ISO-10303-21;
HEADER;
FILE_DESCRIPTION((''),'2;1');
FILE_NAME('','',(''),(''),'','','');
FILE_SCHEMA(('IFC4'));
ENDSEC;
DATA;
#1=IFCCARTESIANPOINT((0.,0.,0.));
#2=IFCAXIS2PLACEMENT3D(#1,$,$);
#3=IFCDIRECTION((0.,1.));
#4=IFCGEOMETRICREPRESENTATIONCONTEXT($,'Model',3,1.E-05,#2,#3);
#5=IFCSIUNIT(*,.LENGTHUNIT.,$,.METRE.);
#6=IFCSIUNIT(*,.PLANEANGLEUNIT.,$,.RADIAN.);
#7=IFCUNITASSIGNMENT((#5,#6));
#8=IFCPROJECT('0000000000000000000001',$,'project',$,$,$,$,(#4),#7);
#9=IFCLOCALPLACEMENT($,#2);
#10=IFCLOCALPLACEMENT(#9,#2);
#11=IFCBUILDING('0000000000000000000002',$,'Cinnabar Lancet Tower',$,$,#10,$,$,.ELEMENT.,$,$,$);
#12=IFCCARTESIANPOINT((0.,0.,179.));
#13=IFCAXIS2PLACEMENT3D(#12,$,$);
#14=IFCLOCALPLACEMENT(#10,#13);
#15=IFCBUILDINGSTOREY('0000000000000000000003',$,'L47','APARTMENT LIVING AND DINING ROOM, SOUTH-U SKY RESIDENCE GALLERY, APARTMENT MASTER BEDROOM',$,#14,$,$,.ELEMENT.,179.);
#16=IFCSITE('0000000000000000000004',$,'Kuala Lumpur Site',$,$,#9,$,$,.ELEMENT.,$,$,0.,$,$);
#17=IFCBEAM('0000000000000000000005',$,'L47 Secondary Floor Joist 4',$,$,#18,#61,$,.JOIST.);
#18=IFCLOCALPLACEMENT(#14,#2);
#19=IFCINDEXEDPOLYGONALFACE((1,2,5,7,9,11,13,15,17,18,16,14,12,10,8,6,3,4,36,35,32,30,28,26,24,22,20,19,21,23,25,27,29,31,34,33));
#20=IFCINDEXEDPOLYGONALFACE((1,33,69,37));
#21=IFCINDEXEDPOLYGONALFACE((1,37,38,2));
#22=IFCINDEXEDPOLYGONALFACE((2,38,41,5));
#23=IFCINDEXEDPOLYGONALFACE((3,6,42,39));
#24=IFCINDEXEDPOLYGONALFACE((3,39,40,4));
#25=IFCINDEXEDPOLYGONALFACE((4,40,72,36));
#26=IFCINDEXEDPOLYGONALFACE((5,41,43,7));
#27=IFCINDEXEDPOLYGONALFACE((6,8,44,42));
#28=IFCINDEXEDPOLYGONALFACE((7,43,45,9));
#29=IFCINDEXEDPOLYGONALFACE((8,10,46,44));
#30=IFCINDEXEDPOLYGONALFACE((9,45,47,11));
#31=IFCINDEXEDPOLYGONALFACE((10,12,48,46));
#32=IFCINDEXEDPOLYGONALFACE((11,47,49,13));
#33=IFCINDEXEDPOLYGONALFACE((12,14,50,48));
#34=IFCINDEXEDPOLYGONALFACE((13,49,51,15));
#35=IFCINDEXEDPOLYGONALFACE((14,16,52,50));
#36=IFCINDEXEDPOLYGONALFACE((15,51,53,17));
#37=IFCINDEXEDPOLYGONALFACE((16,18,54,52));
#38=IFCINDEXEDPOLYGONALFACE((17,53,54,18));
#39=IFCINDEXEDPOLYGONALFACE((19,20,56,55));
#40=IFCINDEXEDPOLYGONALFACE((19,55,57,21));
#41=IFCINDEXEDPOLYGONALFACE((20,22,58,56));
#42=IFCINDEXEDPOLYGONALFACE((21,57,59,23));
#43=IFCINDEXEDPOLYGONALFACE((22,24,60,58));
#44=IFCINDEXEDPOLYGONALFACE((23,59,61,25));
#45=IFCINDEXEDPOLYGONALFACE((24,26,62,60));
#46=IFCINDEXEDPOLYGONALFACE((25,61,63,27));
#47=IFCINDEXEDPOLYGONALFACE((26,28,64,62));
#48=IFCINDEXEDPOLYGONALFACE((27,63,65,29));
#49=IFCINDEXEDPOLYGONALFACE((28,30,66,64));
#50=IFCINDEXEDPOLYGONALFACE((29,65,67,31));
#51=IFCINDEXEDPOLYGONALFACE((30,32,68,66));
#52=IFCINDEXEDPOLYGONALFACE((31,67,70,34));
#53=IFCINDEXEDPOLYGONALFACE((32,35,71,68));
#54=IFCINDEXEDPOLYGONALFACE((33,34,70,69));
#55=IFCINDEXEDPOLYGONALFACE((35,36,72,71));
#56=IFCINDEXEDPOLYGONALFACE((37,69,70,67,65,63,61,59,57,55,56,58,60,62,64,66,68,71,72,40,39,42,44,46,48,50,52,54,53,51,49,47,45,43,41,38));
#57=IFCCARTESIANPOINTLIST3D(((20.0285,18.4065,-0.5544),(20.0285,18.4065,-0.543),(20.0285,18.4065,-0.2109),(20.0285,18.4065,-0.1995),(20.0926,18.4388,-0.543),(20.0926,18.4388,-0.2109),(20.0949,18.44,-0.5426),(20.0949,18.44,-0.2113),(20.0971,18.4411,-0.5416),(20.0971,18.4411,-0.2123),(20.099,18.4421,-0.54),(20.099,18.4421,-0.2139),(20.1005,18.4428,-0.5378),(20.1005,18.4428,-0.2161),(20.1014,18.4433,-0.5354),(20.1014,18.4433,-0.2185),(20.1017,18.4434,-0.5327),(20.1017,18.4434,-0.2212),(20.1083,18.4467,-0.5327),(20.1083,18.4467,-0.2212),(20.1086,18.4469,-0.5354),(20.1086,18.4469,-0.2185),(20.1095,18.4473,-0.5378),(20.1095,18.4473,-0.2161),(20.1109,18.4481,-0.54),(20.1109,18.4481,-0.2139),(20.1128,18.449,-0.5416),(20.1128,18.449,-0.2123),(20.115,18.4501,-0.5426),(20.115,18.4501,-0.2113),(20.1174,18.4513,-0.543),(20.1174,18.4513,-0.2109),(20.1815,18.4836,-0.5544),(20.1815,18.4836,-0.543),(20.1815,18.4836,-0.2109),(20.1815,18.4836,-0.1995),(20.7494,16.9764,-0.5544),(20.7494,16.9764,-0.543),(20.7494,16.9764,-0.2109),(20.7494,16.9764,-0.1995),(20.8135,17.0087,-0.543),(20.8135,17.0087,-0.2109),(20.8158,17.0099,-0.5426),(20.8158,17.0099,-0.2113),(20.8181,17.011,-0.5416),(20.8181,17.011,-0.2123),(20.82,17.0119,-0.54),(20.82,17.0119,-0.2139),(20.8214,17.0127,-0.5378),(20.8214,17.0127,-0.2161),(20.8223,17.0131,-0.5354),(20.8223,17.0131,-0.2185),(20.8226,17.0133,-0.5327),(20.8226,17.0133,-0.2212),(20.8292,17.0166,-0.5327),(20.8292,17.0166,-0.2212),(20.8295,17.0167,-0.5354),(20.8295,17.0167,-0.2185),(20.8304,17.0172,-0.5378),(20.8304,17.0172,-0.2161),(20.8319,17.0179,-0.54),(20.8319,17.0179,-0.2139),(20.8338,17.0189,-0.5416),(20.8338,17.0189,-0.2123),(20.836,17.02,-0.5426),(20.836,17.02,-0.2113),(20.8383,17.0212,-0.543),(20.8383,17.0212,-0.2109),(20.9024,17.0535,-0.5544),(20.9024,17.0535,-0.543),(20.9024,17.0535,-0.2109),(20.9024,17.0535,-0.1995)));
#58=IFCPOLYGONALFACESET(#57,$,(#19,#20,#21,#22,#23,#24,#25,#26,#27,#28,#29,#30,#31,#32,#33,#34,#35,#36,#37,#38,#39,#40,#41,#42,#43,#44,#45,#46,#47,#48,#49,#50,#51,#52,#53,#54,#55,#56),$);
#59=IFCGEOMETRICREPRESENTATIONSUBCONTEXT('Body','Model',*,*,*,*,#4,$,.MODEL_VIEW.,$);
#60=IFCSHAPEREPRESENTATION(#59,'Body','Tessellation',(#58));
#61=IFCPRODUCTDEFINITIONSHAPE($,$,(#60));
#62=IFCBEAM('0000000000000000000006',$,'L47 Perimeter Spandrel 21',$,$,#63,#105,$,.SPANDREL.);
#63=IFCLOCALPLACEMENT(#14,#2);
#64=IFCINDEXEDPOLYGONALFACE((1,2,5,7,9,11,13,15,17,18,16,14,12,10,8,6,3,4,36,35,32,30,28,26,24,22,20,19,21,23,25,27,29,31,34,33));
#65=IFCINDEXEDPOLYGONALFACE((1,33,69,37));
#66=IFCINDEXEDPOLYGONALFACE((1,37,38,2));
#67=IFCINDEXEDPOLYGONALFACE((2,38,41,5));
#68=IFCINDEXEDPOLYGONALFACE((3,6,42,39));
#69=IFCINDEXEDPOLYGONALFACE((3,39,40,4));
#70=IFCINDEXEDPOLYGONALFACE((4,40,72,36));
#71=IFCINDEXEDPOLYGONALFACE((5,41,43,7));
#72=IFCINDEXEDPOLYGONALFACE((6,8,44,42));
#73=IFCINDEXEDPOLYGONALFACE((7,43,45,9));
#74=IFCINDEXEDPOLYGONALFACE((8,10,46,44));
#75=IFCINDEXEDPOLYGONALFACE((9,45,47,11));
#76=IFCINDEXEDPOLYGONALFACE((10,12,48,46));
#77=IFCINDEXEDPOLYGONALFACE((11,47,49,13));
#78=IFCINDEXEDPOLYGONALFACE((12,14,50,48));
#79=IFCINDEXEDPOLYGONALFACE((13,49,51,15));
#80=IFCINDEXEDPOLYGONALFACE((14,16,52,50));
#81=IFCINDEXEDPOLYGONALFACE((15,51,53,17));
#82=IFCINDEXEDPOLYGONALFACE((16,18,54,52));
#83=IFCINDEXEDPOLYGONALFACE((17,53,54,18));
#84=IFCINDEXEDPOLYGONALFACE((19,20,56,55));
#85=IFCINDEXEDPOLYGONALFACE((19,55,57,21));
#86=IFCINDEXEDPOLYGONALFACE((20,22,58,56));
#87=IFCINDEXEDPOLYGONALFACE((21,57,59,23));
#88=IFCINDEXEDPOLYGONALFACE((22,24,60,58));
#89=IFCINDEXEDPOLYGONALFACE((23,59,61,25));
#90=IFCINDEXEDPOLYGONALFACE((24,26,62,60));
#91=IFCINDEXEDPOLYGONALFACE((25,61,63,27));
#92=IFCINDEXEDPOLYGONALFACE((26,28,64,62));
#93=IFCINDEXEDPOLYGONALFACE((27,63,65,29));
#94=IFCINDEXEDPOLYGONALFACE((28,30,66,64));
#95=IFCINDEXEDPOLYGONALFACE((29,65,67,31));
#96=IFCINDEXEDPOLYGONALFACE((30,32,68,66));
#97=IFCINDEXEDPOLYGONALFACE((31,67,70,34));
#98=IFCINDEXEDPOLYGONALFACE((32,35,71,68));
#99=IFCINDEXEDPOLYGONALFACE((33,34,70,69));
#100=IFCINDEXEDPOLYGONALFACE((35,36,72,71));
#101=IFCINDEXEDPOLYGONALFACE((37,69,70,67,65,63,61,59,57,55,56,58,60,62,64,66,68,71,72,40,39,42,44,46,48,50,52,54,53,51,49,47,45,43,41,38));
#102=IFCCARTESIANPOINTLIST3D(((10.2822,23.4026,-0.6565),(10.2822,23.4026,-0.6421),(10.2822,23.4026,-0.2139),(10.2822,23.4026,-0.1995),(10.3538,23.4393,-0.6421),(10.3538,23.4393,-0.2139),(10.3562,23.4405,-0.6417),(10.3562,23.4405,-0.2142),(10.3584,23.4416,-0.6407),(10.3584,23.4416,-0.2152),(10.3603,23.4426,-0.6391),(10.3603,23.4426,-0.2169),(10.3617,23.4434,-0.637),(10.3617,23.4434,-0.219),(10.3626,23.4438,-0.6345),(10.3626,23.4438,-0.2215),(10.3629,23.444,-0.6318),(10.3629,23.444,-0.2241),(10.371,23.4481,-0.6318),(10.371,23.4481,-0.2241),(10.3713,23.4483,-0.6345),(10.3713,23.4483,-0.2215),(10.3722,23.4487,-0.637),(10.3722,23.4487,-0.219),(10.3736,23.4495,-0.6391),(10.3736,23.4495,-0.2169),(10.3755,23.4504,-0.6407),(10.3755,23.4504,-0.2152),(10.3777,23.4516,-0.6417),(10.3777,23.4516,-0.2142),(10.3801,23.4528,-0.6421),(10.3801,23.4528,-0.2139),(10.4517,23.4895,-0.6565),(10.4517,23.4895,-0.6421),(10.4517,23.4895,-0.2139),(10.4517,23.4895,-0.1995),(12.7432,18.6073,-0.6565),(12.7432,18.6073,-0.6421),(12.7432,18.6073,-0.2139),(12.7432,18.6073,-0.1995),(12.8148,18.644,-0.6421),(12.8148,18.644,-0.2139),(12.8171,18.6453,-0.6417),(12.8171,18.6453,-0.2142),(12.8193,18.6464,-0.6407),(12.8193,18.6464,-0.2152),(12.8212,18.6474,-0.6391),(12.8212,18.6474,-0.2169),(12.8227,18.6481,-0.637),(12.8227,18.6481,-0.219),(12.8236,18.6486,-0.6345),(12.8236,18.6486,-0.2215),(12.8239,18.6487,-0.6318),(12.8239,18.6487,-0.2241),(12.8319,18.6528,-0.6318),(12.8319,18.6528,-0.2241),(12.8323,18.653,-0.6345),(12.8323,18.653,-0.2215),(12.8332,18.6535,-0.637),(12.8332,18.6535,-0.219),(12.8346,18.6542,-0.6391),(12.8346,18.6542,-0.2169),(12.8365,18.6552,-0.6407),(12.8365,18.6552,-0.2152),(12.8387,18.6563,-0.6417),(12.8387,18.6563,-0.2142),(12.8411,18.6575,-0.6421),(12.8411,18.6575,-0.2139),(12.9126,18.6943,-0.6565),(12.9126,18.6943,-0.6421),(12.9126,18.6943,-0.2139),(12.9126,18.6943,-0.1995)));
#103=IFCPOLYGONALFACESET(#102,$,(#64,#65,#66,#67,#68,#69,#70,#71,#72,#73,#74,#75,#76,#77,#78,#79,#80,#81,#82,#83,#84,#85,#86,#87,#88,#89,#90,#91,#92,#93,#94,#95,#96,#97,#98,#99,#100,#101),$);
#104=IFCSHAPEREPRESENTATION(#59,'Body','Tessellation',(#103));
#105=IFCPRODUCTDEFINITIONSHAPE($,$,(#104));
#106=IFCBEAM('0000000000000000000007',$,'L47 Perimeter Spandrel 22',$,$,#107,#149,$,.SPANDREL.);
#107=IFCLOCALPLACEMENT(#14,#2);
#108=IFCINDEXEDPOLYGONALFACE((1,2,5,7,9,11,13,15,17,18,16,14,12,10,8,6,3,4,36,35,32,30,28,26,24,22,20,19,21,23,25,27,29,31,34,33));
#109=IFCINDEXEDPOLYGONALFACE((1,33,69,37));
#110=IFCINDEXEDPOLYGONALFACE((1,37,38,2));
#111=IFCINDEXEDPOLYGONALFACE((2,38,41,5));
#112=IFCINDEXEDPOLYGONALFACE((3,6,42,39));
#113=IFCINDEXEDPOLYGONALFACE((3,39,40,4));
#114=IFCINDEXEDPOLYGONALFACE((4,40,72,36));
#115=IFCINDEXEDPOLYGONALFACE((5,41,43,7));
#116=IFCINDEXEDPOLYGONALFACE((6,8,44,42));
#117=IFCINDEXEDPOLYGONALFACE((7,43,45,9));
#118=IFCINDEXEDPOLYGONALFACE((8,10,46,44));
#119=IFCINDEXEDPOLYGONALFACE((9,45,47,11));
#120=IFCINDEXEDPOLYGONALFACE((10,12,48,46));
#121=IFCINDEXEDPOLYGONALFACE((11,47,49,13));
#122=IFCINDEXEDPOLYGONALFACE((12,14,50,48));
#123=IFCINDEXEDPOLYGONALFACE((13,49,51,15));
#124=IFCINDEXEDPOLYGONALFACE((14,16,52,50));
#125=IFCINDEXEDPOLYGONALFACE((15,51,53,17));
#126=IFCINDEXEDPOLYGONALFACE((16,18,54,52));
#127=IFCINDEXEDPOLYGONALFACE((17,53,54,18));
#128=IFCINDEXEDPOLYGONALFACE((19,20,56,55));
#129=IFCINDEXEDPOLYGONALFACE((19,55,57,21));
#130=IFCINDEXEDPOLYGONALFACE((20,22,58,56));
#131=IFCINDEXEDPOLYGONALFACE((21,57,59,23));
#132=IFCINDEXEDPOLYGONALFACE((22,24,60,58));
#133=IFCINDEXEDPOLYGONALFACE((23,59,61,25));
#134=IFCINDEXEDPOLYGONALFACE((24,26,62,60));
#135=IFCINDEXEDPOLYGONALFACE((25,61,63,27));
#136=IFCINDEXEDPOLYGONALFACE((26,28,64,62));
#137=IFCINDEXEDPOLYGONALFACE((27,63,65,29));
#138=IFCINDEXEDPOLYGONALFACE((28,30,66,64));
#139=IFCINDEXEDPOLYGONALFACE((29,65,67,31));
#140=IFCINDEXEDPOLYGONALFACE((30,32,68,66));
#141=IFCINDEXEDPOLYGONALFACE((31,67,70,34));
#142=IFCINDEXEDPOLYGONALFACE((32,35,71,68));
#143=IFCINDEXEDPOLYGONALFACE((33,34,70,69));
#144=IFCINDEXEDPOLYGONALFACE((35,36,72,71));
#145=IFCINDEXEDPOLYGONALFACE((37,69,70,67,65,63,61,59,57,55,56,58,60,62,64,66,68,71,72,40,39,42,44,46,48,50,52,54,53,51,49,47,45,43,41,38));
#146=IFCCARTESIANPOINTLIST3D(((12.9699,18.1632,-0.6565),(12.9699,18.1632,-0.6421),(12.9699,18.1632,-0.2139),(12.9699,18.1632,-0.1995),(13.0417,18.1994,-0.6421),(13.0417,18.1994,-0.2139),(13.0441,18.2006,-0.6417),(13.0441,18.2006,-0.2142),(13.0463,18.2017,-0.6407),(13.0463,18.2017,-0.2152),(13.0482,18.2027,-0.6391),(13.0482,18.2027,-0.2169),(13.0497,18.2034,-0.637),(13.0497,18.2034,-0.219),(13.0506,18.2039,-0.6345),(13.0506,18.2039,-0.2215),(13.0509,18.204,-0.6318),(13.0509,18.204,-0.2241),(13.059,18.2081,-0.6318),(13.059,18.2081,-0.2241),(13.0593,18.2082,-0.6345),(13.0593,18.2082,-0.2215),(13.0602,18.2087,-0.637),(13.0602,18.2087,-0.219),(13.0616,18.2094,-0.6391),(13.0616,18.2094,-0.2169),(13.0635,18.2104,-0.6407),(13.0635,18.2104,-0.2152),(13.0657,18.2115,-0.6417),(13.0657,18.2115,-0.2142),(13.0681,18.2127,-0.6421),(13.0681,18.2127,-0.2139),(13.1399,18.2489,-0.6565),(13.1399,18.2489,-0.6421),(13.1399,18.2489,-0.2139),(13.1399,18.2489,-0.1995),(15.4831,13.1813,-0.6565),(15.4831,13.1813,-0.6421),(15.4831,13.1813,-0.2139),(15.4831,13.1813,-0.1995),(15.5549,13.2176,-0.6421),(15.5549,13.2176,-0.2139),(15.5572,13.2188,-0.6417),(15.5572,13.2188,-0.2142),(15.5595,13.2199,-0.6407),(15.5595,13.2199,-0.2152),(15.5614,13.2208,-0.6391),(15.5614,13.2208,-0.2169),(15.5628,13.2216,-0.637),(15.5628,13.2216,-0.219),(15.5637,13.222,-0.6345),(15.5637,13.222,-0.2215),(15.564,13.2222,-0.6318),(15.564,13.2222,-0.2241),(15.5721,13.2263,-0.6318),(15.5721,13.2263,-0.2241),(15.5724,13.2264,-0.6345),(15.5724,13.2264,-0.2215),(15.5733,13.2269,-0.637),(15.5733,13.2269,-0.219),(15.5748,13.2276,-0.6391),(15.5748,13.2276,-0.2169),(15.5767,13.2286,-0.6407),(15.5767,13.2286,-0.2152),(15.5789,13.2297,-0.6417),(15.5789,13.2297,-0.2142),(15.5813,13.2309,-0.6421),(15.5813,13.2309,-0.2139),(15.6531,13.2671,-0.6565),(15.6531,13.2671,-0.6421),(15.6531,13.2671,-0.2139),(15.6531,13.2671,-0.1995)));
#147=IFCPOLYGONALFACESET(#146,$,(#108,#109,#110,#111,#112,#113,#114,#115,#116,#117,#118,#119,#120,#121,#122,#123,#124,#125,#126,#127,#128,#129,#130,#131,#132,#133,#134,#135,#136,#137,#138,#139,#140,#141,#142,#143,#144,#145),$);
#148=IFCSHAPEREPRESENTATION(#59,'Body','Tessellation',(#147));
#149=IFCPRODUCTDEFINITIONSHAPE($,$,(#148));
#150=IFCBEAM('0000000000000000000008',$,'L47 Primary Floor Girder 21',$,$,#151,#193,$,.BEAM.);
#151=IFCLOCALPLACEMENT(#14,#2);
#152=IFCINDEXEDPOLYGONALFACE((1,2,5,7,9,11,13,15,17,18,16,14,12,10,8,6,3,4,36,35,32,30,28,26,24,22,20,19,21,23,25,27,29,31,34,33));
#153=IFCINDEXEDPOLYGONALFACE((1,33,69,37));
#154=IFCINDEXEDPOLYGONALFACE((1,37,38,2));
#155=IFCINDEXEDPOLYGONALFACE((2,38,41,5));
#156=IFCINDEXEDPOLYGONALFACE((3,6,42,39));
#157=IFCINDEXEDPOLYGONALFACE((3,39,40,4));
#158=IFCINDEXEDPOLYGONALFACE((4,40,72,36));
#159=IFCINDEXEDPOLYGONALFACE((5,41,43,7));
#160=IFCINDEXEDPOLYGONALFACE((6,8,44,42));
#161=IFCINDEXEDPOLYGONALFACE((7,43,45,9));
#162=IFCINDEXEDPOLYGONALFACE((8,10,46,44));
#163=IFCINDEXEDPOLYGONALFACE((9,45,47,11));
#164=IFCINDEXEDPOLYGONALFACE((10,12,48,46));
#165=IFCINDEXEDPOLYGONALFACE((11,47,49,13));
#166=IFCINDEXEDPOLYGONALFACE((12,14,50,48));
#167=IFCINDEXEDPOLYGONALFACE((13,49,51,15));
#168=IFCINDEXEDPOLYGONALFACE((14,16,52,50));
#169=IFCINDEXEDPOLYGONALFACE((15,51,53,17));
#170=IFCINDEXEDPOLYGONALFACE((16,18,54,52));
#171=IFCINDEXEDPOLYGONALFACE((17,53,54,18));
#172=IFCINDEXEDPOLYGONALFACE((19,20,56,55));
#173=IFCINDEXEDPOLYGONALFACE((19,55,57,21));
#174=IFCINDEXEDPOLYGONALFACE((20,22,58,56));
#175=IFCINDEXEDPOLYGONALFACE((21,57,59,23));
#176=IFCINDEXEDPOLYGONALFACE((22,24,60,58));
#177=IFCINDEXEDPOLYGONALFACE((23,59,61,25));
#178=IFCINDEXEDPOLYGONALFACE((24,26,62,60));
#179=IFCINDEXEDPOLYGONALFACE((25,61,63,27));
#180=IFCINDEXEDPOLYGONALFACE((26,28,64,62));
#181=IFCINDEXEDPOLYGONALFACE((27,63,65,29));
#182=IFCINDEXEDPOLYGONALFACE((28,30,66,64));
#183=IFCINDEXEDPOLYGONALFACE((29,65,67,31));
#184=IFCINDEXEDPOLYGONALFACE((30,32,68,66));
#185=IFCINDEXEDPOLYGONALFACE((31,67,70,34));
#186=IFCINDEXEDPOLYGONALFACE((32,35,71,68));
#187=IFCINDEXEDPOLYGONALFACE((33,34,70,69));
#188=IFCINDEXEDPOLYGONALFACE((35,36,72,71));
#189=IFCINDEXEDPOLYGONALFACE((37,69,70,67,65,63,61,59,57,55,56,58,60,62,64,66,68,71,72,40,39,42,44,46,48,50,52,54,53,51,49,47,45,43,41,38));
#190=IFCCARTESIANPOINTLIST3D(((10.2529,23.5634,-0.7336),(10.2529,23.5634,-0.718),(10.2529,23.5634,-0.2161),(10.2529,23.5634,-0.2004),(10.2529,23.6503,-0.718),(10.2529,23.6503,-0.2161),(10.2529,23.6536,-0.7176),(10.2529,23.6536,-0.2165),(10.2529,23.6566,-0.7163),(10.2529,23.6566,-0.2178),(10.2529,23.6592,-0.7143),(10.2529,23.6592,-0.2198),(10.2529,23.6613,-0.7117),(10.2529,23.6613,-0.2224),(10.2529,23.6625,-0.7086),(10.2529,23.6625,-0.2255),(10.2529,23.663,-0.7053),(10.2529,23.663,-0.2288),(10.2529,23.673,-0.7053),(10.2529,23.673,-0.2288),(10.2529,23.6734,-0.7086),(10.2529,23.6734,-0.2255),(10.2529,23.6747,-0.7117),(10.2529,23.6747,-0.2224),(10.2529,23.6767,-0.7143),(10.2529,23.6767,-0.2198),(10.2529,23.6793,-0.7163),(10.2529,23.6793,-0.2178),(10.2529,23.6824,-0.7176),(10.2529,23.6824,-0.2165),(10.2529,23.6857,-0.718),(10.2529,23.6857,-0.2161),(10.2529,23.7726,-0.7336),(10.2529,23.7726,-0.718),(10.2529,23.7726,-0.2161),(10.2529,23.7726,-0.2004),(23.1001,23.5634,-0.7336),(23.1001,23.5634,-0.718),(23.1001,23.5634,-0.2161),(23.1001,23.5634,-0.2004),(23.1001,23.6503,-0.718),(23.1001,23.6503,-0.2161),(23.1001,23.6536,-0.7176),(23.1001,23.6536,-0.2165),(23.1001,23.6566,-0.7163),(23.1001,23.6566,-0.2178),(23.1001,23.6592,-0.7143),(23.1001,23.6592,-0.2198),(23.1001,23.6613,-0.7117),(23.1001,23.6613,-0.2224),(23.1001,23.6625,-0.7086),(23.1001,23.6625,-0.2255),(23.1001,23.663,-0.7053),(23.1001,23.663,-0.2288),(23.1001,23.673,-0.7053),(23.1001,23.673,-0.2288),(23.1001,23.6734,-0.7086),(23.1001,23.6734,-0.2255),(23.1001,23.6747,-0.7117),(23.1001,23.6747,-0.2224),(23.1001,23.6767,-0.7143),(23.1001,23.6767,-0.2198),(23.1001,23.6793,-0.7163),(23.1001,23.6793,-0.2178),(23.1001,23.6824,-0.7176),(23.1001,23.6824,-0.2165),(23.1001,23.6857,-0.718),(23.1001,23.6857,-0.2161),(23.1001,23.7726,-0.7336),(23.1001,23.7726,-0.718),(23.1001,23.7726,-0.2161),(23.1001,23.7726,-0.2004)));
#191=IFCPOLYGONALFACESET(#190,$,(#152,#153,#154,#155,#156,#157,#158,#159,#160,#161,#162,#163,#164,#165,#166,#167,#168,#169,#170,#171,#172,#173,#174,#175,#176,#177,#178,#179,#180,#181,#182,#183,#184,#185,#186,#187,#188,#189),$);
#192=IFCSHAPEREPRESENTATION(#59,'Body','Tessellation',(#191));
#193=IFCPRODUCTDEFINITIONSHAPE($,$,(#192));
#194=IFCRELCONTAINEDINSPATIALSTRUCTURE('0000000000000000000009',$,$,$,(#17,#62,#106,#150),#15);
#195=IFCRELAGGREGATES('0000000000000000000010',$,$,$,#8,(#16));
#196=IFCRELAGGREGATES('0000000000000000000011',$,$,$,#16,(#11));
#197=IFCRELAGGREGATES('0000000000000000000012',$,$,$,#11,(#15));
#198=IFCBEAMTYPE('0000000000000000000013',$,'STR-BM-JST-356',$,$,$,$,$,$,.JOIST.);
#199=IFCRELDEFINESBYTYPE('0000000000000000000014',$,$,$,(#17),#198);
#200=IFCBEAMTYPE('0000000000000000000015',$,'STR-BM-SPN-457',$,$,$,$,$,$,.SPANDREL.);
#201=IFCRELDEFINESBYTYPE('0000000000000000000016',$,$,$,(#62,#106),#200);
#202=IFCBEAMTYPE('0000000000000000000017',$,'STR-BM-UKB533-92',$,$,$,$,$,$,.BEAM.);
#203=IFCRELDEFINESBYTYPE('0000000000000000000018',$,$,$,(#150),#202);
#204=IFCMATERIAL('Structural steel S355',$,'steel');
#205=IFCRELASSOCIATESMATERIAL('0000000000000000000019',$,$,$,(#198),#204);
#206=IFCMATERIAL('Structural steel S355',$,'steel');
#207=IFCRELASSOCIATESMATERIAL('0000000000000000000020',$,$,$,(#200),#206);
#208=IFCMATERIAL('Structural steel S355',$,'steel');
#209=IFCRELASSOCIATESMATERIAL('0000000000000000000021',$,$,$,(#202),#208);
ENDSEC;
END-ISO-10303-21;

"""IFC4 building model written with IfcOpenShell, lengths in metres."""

from ifc_helpers import new_model, si_unit, direction, frame, origin, origin_2d, place, context, subcontext, project, spatial, i_section, extrude, material, material_profile, profile_set, type_object, element, save


model = new_model("IFC4")

# Units and contexts
model_context = context("Model", 3, precision=1e-05, world=origin(), true_north=direction((0.0, 1.0)))
body_context = subcontext(model_context, "Body", "Model", "MODEL_VIEW")
ifc_project = project(units=[si_unit("LENGTHUNIT", "METRE"), si_unit("PLANEANGLEUNIT", "RADIAN")], contexts=[model_context])

# Site, building, storey
site_placement = place(None, origin())
site = spatial("IfcSite", under=ifc_project, at=site_placement, Name="Kuala Lumpur Site", CompositionType="ELEMENT", RefElevation=0.0)
building_placement = place(site_placement, origin())
building = spatial("IfcBuilding", under=site, at=building_placement, Name="Cinnabar Lancet Tower", CompositionType="ELEMENT")
storey_placement = place(building_placement, frame((0.0, 0.0, 179.0)))
storey = spatial("IfcBuildingStorey", under=building, at=storey_placement, Name="L47", Description="APARTMENT LIVING AND DINING ROOM, SOUTH-U SKY RESIDENCE GALLERY, APARTMENT MASTER BEDROOM", CompositionType="ELEMENT", Elevation=179.0)

# Beams
ifc_material_1 = material(Name="Structural steel S355", Category="steel")
ifc_material_profile_1 = material_profile(ifc_material_1, i_section(OverallWidth=0.1714, OverallDepth=0.355, WebThickness=0.0073, FlangeThickness=0.0115, FilletRadius=0.0103, at=origin_2d()), Name="UKB 356x171x51")
ifc_profile_set_1 = profile_set([ifc_material_profile_1], Name="Structural steel S355")
beam_type_1 = type_object("IfcBeamType", Name="STR-BM-JST-356", PredefinedType="JOIST", material=ifc_profile_set_1)
beam_1_placement = place(storey_placement, frame((20.105, 18.4451, -0.377), z_axis=(0.450138, -0.892959, 0.0), x_axis=(0.892959, 0.450138, 0.0)))
element("IfcBeam", 1, at=beam_1_placement, inside=storey, type_object=beam_type_1, Name="L47 Secondary Floor Joist 4", PredefinedType="JOIST", context=body_context, shape_type="SweptSolid", body=[
    extrude(i_section(OverallWidth=0.1714, OverallDepth=0.355, WebThickness=0.0073, FlangeThickness=0.0115, FilletRadius=0.0103, at=origin_2d()), origin(), (0.0, 0.0, 1.0), 1.6016),
])
ifc_material_2 = material(Name="Structural steel S355", Category="steel")
ifc_material_profile_2 = material_profile(ifc_material_2, i_section(OverallWidth=0.1904, OverallDepth=0.457, WebThickness=0.009, FlangeThickness=0.0144, FilletRadius=0.0103, at=origin_2d()), Name="UKB 457x191x74")
ifc_profile_set_2 = profile_set([ifc_material_profile_2], Name="Structural steel S355")
beam_type_2 = type_object("IfcBeamType", Name="STR-BM-SPN-457", PredefinedType="SPANDREL", material=ifc_profile_set_2)
beam_2_placement = place(storey_placement, frame((10.3669, 23.446, -0.428), z_axis=(0.456593, -0.889676, 0.0), x_axis=(0.889676, 0.456593, 0.0)))
element("IfcBeam", 2, at=beam_2_placement, inside=storey, type_object=beam_type_2, Name="L47 Perimeter Spandrel 21", PredefinedType="SPANDREL", context=body_context, shape_type="SweptSolid", body=[
    extrude(i_section(OverallWidth=0.1904, OverallDepth=0.457, WebThickness=0.009, FlangeThickness=0.0144, FilletRadius=0.0103, at=origin_2d()), origin(), (0.0, 0.0, 1.0), 5.3899),
])
beam_3_placement = place(storey_placement, frame((13.0549, 18.2061, -0.428), z_axis=(0.450396, -0.892829, 0.0), x_axis=(0.892829, 0.450396, 0.0)))
element("IfcBeam", 3, at=beam_3_placement, inside=storey, type_object=beam_type_2, Name="L47 Perimeter Spandrel 22", PredefinedType="SPANDREL", context=body_context, shape_type="SweptSolid", body=[
    extrude(i_section(OverallWidth=0.1904, OverallDepth=0.457, WebThickness=0.009, FlangeThickness=0.0144, FilletRadius=0.0103, at=origin_2d()), origin(), (0.0, 0.0, 1.0), 5.5798),
])
ifc_material_3 = material(Name="Structural steel S355", Category="steel")
ifc_material_profile_3 = material_profile(ifc_material_3, i_section(OverallWidth=0.2092, OverallDepth=0.5332, WebThickness=0.01, FlangeThickness=0.0156, FilletRadius=0.0127, at=origin_2d()), Name="UKB 533x210x92")
ifc_profile_set_3 = profile_set([ifc_material_profile_3], Name="Structural steel S355")
beam_type_3 = type_object("IfcBeamType", Name="STR-BM-UKB533-92", PredefinedType="BEAM", material=ifc_profile_set_3)
beam_4_placement = place(storey_placement, frame((10.2529, 23.668, -0.467), z_axis=(1.0, 0.0, 0.0), x_axis=(0.0, 1.0, 0.0)))
element("IfcBeam", 4, at=beam_4_placement, inside=storey, type_object=beam_type_3, Name="L47 Primary Floor Girder 21", PredefinedType="BEAM", context=body_context, shape_type="SweptSolid", body=[
    extrude(i_section(OverallWidth=0.2092, OverallDepth=0.5332, WebThickness=0.01, FlangeThickness=0.0156, FilletRadius=0.0127, at=origin_2d()), origin(), (0.0, 0.0, 1.0), 12.8472),
])

save(model, "model.ifc")
